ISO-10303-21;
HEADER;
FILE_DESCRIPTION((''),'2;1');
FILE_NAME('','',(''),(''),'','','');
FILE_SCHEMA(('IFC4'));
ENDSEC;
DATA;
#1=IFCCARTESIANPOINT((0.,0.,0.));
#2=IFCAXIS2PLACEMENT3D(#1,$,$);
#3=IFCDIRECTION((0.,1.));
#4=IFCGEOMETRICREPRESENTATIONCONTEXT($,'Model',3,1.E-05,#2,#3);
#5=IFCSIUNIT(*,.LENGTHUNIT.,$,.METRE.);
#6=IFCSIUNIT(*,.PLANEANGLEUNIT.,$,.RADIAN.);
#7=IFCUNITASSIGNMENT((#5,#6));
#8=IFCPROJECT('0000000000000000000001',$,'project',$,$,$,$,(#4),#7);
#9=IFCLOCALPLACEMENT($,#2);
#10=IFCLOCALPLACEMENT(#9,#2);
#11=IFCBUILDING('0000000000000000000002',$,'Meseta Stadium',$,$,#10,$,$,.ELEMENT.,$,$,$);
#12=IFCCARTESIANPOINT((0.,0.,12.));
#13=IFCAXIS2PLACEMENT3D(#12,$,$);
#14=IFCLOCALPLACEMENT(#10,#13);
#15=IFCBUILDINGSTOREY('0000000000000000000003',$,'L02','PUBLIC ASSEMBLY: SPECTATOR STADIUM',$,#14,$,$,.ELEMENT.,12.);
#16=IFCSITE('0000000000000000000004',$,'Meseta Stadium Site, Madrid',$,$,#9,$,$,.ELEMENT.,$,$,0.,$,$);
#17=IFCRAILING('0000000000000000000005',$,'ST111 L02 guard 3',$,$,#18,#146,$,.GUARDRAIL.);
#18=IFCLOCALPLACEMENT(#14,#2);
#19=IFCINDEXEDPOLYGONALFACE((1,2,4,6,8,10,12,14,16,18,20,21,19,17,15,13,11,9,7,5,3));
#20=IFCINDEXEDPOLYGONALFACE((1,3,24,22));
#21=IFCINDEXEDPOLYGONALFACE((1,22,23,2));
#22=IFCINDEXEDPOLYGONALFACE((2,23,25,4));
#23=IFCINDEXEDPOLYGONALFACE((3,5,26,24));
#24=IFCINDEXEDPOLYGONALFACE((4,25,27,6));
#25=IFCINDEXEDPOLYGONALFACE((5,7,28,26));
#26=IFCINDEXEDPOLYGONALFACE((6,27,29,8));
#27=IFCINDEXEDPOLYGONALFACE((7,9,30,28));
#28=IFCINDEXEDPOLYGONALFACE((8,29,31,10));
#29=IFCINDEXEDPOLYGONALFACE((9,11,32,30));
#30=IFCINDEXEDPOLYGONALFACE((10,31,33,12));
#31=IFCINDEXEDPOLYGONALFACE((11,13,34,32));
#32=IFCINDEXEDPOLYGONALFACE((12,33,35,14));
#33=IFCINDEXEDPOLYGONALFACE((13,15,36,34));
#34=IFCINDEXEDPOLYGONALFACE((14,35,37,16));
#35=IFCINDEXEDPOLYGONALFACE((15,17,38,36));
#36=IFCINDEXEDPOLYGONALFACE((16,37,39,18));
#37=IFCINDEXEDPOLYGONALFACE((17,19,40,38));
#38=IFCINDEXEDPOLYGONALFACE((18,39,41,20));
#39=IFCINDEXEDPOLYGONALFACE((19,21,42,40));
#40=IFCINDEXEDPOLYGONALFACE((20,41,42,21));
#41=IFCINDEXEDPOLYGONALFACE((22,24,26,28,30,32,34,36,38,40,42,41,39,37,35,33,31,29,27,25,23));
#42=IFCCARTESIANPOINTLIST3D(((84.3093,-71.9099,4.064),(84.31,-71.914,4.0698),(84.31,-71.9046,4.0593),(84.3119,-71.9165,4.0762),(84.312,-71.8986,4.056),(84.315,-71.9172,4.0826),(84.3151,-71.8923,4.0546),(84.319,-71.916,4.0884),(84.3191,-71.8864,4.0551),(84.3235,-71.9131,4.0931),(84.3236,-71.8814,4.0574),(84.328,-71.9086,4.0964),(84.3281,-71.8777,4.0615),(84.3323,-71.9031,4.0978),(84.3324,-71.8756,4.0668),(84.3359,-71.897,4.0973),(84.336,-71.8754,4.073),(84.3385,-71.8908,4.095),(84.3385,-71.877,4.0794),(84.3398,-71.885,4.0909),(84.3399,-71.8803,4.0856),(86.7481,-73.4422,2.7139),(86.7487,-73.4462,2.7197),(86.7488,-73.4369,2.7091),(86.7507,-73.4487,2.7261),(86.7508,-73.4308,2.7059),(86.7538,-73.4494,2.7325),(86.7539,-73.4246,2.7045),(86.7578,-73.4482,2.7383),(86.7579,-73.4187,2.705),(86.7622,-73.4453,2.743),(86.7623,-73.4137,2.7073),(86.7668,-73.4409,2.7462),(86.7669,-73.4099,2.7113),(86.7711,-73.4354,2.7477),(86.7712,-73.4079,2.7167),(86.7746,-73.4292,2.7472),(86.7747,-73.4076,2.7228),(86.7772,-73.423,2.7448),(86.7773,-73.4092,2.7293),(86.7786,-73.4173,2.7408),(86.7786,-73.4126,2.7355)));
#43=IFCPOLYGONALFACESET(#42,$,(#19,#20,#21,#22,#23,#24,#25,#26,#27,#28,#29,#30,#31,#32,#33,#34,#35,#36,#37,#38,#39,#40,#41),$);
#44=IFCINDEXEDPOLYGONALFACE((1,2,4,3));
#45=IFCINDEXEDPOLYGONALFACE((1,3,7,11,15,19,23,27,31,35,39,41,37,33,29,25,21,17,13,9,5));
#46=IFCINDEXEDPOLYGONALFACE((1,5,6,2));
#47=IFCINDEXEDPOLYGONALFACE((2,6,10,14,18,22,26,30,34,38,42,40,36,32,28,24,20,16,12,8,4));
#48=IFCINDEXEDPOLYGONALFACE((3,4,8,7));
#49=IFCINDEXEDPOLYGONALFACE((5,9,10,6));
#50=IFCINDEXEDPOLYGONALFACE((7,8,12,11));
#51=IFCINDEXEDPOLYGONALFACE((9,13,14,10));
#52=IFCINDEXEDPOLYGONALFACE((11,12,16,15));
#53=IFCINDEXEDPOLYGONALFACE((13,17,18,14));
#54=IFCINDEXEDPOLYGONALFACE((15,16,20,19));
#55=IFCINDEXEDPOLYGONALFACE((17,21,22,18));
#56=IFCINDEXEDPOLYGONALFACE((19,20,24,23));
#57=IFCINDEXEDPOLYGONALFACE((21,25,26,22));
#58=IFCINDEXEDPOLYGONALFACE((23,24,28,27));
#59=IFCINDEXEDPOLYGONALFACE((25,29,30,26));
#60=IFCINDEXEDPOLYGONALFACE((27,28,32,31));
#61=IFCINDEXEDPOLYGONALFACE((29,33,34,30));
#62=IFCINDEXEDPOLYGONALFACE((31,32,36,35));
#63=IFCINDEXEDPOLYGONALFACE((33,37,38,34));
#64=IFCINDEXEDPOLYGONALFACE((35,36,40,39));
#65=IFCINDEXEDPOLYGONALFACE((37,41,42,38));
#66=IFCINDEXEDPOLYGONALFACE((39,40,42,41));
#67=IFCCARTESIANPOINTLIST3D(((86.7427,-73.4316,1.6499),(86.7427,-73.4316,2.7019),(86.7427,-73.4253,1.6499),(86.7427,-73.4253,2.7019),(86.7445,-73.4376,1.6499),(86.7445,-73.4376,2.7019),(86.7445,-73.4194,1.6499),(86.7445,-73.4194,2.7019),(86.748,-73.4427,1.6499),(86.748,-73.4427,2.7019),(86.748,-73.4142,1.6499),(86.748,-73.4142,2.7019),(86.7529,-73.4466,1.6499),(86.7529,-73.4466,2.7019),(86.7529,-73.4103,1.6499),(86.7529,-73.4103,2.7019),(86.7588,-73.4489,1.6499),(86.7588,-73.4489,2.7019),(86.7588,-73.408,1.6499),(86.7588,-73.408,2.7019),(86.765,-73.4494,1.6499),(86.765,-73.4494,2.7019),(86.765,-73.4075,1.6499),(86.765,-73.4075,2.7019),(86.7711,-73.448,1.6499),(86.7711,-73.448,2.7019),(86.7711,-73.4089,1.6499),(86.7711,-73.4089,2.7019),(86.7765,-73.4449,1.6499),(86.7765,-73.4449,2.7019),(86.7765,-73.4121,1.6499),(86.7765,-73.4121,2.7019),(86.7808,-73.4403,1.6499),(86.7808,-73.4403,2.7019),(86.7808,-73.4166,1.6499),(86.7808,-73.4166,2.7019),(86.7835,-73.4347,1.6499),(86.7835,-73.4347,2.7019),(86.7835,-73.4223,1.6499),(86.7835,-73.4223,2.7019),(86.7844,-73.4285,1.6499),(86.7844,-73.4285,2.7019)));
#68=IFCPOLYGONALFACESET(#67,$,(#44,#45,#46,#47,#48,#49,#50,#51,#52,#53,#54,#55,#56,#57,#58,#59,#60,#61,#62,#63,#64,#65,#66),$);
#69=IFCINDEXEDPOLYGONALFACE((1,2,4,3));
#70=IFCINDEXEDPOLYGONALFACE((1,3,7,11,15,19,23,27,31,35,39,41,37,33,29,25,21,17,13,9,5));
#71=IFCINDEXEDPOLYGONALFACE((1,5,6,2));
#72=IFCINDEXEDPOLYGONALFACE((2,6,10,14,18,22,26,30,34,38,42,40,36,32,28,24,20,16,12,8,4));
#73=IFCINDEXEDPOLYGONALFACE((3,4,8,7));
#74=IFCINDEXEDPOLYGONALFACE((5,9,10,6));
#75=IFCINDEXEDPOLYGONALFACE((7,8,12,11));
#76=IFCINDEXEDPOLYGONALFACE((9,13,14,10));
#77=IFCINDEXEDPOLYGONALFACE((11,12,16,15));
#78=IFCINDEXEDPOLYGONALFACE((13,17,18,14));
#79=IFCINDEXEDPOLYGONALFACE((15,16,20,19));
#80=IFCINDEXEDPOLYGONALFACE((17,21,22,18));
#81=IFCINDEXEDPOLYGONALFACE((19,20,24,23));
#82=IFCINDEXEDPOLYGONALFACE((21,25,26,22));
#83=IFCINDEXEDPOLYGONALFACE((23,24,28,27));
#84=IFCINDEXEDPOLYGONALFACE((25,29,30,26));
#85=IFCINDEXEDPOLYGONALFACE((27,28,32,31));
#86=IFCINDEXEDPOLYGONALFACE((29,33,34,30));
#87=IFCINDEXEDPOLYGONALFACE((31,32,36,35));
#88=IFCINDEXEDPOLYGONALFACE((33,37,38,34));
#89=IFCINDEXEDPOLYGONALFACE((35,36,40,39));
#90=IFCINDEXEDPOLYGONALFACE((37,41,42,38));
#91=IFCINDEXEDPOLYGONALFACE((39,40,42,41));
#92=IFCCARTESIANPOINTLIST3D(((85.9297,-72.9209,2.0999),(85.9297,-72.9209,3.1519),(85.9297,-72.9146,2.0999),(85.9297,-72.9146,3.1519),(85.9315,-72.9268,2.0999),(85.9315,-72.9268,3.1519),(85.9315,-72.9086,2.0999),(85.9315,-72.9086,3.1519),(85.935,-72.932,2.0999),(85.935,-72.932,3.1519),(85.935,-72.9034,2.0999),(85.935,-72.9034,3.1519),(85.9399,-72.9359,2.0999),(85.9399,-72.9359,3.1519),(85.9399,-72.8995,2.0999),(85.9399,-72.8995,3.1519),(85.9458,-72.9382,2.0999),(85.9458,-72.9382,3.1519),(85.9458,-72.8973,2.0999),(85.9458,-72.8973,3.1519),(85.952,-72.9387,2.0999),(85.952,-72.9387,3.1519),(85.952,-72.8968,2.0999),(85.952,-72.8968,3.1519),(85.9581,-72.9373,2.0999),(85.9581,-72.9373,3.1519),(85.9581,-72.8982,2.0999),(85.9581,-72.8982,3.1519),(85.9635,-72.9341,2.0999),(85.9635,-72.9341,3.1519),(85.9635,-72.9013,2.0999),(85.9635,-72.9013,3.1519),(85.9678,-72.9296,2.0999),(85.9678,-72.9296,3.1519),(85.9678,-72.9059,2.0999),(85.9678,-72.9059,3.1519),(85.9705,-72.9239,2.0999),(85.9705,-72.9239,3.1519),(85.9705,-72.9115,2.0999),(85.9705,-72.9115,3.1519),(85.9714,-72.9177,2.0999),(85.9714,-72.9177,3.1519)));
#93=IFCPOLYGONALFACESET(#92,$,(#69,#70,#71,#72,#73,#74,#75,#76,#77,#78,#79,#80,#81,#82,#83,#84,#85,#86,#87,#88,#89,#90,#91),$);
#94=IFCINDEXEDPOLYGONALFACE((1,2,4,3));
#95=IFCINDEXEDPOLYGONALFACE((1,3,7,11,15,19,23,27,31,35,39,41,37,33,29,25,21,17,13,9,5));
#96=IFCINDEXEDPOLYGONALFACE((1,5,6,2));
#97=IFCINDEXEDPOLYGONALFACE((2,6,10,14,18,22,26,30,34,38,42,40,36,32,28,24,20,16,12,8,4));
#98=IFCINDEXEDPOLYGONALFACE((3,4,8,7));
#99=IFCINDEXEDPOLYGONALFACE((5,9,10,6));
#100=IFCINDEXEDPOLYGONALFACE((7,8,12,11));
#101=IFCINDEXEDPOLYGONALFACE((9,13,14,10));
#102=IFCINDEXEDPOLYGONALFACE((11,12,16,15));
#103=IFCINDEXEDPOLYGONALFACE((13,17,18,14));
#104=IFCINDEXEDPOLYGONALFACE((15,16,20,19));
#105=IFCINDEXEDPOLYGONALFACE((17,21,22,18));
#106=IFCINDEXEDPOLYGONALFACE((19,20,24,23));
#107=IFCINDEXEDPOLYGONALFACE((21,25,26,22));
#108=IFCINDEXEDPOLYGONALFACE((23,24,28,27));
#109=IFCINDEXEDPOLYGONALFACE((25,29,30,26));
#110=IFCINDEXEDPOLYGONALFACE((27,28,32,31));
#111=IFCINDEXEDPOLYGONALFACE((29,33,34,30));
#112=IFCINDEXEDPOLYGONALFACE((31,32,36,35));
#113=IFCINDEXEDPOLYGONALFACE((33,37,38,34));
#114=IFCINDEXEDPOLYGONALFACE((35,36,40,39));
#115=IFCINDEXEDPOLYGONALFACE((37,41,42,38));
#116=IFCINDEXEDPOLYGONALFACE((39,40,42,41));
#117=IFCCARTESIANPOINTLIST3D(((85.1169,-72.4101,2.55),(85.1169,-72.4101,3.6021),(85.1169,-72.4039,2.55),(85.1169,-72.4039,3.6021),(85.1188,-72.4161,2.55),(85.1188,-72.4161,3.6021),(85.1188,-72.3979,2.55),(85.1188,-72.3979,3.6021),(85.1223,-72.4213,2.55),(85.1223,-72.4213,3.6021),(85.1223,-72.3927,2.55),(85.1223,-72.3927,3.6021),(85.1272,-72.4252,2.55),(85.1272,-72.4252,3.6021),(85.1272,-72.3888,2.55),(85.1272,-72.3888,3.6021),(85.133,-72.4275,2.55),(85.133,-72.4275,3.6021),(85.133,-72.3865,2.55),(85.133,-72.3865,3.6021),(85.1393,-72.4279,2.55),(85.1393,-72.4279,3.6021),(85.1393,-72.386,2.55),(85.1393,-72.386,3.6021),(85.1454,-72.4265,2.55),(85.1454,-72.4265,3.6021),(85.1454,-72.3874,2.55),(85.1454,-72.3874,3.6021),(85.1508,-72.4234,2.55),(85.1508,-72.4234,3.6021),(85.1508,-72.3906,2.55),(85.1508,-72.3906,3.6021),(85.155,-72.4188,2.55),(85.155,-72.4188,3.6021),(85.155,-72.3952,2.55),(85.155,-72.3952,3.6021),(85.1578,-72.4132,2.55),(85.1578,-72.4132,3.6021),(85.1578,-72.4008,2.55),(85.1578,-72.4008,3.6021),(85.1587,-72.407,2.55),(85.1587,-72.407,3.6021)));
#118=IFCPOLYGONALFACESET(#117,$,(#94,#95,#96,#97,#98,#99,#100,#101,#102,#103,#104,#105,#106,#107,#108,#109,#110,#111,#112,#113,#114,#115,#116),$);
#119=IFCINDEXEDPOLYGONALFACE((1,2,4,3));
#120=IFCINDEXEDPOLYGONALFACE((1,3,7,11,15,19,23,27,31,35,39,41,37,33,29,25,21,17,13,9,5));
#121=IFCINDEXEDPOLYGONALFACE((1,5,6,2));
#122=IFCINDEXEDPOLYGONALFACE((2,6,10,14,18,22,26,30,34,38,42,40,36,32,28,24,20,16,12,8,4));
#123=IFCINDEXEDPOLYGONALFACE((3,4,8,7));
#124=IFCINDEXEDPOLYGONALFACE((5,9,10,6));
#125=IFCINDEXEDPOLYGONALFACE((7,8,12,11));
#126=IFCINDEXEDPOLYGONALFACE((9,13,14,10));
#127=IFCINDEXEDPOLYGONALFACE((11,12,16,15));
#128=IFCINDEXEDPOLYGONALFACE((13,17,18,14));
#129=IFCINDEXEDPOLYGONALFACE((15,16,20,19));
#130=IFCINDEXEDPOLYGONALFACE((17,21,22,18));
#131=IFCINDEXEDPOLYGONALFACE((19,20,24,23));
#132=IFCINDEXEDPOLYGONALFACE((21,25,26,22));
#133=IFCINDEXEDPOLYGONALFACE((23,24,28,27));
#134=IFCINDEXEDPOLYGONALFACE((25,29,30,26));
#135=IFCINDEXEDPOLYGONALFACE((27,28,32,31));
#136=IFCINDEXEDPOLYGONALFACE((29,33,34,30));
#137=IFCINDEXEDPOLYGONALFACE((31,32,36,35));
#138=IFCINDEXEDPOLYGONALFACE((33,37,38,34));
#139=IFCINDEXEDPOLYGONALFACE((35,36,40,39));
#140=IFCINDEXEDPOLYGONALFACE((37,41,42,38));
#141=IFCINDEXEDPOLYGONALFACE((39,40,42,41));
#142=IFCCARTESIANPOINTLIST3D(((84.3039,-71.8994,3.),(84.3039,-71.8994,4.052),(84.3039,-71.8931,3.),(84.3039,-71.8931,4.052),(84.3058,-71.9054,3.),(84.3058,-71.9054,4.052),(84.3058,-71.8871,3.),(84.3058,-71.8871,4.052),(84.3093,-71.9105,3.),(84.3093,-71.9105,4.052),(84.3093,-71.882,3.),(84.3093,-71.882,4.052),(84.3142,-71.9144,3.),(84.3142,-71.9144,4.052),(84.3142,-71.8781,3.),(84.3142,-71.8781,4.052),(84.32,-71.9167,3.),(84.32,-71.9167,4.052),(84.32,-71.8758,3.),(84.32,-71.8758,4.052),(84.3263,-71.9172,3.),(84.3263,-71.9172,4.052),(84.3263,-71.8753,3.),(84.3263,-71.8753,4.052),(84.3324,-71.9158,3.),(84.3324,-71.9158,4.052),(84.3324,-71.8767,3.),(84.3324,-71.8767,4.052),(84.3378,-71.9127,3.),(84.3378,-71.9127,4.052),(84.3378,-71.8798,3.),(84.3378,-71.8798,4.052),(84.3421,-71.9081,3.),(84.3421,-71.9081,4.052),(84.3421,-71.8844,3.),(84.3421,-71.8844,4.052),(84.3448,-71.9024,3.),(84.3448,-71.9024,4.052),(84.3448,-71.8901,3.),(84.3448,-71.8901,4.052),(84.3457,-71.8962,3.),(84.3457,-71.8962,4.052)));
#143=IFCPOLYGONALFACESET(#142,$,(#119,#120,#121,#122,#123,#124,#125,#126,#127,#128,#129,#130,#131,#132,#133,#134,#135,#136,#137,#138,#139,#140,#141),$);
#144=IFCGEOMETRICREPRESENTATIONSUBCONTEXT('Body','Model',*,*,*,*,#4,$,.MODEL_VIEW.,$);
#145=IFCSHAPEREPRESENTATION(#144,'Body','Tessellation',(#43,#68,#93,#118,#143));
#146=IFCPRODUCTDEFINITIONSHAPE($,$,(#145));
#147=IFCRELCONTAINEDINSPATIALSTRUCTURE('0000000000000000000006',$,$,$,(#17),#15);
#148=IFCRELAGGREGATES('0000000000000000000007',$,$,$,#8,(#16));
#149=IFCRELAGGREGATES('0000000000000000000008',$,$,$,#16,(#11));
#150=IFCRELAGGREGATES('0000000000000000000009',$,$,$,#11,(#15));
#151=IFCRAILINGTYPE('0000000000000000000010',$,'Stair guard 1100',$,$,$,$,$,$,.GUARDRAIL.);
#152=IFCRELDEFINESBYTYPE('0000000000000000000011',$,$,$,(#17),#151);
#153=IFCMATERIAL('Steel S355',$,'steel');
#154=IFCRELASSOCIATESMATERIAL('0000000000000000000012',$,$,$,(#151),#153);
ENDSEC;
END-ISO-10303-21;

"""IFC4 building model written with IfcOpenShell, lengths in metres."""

from ifc_helpers import new_model, si_unit, direction, frame, origin, origin_2d, place, context, subcontext, project, spatial, circle, extrude, material, type_object, element, save


model = new_model("IFC4")

# Units and contexts
model_context = context("Model", 3, precision=1e-05, world=origin(), true_north=direction((0.0, 1.0)))
body_context = subcontext(model_context, "Body", "Model", "MODEL_VIEW")
ifc_project = project(units=[si_unit("LENGTHUNIT", "METRE"), si_unit("PLANEANGLEUNIT", "RADIAN")], contexts=[model_context])

# Site, building, storey
site_placement = place(None, origin())
site = spatial("IfcSite", under=ifc_project, at=site_placement, Name="Meseta Stadium Site, Madrid", CompositionType="ELEMENT", RefElevation=0.0)
building_placement = place(site_placement, origin())
building = spatial("IfcBuilding", under=site, at=building_placement, Name="Meseta Stadium", CompositionType="ELEMENT")
storey_placement = place(building_placement, frame((0.0, 0.0, 12.0)))
storey = spatial("IfcBuildingStorey", under=building, at=storey_placement, Name="L02", Description="PUBLIC ASSEMBLY: SPECTATOR STADIUM", CompositionType="ELEMENT", Elevation=12.0)

# Railing
ifc_material_1 = material(Name="Steel S355", Category="steel")
railing_type_1 = type_object("IfcRailingType", Name="Stair guard 1100", PredefinedType="GUARDRAIL", material=ifc_material_1)
railing_1_placement = place(storey_placement, frame((86.7634, -73.4285, 1.6499)))
element("IfcRailing", 1, at=railing_1_placement, inside=storey, type_object=railing_type_1, Name="ST111 L02 guard 3", PredefinedType="GUARDRAIL", context=body_context, shape_type="SweptSolid", body=[
    extrude(circle(Radius=0.0239, at=origin_2d()), frame((0.0, 0.0, 1.0762), z_axis=(-0.766687, 0.481703, 0.424445), x_axis=(-0.532001, -0.846743, 0.0)), (0.0, 0.0, 1.0), 3.1809),
    extrude(circle(Radius=0.021, at=origin_2d()), origin(), (0.0, 0.0, 1.0), 1.052),
    extrude(circle(Radius=0.021, at=origin_2d()), frame((-0.813, 0.5107, 0.45)), (0.0, 0.0, 1.0), 1.052),
    extrude(circle(Radius=0.021, at=origin_2d()), frame((-1.6257, 1.0215, 0.9001)), (0.0, 0.0, 1.0), 1.052),
    extrude(circle(Radius=0.021, at=origin_2d()), frame((-2.4387, 1.5322, 1.3501)), (0.0, 0.0, 1.0), 1.052),
])

save(model, "model.ifc")
